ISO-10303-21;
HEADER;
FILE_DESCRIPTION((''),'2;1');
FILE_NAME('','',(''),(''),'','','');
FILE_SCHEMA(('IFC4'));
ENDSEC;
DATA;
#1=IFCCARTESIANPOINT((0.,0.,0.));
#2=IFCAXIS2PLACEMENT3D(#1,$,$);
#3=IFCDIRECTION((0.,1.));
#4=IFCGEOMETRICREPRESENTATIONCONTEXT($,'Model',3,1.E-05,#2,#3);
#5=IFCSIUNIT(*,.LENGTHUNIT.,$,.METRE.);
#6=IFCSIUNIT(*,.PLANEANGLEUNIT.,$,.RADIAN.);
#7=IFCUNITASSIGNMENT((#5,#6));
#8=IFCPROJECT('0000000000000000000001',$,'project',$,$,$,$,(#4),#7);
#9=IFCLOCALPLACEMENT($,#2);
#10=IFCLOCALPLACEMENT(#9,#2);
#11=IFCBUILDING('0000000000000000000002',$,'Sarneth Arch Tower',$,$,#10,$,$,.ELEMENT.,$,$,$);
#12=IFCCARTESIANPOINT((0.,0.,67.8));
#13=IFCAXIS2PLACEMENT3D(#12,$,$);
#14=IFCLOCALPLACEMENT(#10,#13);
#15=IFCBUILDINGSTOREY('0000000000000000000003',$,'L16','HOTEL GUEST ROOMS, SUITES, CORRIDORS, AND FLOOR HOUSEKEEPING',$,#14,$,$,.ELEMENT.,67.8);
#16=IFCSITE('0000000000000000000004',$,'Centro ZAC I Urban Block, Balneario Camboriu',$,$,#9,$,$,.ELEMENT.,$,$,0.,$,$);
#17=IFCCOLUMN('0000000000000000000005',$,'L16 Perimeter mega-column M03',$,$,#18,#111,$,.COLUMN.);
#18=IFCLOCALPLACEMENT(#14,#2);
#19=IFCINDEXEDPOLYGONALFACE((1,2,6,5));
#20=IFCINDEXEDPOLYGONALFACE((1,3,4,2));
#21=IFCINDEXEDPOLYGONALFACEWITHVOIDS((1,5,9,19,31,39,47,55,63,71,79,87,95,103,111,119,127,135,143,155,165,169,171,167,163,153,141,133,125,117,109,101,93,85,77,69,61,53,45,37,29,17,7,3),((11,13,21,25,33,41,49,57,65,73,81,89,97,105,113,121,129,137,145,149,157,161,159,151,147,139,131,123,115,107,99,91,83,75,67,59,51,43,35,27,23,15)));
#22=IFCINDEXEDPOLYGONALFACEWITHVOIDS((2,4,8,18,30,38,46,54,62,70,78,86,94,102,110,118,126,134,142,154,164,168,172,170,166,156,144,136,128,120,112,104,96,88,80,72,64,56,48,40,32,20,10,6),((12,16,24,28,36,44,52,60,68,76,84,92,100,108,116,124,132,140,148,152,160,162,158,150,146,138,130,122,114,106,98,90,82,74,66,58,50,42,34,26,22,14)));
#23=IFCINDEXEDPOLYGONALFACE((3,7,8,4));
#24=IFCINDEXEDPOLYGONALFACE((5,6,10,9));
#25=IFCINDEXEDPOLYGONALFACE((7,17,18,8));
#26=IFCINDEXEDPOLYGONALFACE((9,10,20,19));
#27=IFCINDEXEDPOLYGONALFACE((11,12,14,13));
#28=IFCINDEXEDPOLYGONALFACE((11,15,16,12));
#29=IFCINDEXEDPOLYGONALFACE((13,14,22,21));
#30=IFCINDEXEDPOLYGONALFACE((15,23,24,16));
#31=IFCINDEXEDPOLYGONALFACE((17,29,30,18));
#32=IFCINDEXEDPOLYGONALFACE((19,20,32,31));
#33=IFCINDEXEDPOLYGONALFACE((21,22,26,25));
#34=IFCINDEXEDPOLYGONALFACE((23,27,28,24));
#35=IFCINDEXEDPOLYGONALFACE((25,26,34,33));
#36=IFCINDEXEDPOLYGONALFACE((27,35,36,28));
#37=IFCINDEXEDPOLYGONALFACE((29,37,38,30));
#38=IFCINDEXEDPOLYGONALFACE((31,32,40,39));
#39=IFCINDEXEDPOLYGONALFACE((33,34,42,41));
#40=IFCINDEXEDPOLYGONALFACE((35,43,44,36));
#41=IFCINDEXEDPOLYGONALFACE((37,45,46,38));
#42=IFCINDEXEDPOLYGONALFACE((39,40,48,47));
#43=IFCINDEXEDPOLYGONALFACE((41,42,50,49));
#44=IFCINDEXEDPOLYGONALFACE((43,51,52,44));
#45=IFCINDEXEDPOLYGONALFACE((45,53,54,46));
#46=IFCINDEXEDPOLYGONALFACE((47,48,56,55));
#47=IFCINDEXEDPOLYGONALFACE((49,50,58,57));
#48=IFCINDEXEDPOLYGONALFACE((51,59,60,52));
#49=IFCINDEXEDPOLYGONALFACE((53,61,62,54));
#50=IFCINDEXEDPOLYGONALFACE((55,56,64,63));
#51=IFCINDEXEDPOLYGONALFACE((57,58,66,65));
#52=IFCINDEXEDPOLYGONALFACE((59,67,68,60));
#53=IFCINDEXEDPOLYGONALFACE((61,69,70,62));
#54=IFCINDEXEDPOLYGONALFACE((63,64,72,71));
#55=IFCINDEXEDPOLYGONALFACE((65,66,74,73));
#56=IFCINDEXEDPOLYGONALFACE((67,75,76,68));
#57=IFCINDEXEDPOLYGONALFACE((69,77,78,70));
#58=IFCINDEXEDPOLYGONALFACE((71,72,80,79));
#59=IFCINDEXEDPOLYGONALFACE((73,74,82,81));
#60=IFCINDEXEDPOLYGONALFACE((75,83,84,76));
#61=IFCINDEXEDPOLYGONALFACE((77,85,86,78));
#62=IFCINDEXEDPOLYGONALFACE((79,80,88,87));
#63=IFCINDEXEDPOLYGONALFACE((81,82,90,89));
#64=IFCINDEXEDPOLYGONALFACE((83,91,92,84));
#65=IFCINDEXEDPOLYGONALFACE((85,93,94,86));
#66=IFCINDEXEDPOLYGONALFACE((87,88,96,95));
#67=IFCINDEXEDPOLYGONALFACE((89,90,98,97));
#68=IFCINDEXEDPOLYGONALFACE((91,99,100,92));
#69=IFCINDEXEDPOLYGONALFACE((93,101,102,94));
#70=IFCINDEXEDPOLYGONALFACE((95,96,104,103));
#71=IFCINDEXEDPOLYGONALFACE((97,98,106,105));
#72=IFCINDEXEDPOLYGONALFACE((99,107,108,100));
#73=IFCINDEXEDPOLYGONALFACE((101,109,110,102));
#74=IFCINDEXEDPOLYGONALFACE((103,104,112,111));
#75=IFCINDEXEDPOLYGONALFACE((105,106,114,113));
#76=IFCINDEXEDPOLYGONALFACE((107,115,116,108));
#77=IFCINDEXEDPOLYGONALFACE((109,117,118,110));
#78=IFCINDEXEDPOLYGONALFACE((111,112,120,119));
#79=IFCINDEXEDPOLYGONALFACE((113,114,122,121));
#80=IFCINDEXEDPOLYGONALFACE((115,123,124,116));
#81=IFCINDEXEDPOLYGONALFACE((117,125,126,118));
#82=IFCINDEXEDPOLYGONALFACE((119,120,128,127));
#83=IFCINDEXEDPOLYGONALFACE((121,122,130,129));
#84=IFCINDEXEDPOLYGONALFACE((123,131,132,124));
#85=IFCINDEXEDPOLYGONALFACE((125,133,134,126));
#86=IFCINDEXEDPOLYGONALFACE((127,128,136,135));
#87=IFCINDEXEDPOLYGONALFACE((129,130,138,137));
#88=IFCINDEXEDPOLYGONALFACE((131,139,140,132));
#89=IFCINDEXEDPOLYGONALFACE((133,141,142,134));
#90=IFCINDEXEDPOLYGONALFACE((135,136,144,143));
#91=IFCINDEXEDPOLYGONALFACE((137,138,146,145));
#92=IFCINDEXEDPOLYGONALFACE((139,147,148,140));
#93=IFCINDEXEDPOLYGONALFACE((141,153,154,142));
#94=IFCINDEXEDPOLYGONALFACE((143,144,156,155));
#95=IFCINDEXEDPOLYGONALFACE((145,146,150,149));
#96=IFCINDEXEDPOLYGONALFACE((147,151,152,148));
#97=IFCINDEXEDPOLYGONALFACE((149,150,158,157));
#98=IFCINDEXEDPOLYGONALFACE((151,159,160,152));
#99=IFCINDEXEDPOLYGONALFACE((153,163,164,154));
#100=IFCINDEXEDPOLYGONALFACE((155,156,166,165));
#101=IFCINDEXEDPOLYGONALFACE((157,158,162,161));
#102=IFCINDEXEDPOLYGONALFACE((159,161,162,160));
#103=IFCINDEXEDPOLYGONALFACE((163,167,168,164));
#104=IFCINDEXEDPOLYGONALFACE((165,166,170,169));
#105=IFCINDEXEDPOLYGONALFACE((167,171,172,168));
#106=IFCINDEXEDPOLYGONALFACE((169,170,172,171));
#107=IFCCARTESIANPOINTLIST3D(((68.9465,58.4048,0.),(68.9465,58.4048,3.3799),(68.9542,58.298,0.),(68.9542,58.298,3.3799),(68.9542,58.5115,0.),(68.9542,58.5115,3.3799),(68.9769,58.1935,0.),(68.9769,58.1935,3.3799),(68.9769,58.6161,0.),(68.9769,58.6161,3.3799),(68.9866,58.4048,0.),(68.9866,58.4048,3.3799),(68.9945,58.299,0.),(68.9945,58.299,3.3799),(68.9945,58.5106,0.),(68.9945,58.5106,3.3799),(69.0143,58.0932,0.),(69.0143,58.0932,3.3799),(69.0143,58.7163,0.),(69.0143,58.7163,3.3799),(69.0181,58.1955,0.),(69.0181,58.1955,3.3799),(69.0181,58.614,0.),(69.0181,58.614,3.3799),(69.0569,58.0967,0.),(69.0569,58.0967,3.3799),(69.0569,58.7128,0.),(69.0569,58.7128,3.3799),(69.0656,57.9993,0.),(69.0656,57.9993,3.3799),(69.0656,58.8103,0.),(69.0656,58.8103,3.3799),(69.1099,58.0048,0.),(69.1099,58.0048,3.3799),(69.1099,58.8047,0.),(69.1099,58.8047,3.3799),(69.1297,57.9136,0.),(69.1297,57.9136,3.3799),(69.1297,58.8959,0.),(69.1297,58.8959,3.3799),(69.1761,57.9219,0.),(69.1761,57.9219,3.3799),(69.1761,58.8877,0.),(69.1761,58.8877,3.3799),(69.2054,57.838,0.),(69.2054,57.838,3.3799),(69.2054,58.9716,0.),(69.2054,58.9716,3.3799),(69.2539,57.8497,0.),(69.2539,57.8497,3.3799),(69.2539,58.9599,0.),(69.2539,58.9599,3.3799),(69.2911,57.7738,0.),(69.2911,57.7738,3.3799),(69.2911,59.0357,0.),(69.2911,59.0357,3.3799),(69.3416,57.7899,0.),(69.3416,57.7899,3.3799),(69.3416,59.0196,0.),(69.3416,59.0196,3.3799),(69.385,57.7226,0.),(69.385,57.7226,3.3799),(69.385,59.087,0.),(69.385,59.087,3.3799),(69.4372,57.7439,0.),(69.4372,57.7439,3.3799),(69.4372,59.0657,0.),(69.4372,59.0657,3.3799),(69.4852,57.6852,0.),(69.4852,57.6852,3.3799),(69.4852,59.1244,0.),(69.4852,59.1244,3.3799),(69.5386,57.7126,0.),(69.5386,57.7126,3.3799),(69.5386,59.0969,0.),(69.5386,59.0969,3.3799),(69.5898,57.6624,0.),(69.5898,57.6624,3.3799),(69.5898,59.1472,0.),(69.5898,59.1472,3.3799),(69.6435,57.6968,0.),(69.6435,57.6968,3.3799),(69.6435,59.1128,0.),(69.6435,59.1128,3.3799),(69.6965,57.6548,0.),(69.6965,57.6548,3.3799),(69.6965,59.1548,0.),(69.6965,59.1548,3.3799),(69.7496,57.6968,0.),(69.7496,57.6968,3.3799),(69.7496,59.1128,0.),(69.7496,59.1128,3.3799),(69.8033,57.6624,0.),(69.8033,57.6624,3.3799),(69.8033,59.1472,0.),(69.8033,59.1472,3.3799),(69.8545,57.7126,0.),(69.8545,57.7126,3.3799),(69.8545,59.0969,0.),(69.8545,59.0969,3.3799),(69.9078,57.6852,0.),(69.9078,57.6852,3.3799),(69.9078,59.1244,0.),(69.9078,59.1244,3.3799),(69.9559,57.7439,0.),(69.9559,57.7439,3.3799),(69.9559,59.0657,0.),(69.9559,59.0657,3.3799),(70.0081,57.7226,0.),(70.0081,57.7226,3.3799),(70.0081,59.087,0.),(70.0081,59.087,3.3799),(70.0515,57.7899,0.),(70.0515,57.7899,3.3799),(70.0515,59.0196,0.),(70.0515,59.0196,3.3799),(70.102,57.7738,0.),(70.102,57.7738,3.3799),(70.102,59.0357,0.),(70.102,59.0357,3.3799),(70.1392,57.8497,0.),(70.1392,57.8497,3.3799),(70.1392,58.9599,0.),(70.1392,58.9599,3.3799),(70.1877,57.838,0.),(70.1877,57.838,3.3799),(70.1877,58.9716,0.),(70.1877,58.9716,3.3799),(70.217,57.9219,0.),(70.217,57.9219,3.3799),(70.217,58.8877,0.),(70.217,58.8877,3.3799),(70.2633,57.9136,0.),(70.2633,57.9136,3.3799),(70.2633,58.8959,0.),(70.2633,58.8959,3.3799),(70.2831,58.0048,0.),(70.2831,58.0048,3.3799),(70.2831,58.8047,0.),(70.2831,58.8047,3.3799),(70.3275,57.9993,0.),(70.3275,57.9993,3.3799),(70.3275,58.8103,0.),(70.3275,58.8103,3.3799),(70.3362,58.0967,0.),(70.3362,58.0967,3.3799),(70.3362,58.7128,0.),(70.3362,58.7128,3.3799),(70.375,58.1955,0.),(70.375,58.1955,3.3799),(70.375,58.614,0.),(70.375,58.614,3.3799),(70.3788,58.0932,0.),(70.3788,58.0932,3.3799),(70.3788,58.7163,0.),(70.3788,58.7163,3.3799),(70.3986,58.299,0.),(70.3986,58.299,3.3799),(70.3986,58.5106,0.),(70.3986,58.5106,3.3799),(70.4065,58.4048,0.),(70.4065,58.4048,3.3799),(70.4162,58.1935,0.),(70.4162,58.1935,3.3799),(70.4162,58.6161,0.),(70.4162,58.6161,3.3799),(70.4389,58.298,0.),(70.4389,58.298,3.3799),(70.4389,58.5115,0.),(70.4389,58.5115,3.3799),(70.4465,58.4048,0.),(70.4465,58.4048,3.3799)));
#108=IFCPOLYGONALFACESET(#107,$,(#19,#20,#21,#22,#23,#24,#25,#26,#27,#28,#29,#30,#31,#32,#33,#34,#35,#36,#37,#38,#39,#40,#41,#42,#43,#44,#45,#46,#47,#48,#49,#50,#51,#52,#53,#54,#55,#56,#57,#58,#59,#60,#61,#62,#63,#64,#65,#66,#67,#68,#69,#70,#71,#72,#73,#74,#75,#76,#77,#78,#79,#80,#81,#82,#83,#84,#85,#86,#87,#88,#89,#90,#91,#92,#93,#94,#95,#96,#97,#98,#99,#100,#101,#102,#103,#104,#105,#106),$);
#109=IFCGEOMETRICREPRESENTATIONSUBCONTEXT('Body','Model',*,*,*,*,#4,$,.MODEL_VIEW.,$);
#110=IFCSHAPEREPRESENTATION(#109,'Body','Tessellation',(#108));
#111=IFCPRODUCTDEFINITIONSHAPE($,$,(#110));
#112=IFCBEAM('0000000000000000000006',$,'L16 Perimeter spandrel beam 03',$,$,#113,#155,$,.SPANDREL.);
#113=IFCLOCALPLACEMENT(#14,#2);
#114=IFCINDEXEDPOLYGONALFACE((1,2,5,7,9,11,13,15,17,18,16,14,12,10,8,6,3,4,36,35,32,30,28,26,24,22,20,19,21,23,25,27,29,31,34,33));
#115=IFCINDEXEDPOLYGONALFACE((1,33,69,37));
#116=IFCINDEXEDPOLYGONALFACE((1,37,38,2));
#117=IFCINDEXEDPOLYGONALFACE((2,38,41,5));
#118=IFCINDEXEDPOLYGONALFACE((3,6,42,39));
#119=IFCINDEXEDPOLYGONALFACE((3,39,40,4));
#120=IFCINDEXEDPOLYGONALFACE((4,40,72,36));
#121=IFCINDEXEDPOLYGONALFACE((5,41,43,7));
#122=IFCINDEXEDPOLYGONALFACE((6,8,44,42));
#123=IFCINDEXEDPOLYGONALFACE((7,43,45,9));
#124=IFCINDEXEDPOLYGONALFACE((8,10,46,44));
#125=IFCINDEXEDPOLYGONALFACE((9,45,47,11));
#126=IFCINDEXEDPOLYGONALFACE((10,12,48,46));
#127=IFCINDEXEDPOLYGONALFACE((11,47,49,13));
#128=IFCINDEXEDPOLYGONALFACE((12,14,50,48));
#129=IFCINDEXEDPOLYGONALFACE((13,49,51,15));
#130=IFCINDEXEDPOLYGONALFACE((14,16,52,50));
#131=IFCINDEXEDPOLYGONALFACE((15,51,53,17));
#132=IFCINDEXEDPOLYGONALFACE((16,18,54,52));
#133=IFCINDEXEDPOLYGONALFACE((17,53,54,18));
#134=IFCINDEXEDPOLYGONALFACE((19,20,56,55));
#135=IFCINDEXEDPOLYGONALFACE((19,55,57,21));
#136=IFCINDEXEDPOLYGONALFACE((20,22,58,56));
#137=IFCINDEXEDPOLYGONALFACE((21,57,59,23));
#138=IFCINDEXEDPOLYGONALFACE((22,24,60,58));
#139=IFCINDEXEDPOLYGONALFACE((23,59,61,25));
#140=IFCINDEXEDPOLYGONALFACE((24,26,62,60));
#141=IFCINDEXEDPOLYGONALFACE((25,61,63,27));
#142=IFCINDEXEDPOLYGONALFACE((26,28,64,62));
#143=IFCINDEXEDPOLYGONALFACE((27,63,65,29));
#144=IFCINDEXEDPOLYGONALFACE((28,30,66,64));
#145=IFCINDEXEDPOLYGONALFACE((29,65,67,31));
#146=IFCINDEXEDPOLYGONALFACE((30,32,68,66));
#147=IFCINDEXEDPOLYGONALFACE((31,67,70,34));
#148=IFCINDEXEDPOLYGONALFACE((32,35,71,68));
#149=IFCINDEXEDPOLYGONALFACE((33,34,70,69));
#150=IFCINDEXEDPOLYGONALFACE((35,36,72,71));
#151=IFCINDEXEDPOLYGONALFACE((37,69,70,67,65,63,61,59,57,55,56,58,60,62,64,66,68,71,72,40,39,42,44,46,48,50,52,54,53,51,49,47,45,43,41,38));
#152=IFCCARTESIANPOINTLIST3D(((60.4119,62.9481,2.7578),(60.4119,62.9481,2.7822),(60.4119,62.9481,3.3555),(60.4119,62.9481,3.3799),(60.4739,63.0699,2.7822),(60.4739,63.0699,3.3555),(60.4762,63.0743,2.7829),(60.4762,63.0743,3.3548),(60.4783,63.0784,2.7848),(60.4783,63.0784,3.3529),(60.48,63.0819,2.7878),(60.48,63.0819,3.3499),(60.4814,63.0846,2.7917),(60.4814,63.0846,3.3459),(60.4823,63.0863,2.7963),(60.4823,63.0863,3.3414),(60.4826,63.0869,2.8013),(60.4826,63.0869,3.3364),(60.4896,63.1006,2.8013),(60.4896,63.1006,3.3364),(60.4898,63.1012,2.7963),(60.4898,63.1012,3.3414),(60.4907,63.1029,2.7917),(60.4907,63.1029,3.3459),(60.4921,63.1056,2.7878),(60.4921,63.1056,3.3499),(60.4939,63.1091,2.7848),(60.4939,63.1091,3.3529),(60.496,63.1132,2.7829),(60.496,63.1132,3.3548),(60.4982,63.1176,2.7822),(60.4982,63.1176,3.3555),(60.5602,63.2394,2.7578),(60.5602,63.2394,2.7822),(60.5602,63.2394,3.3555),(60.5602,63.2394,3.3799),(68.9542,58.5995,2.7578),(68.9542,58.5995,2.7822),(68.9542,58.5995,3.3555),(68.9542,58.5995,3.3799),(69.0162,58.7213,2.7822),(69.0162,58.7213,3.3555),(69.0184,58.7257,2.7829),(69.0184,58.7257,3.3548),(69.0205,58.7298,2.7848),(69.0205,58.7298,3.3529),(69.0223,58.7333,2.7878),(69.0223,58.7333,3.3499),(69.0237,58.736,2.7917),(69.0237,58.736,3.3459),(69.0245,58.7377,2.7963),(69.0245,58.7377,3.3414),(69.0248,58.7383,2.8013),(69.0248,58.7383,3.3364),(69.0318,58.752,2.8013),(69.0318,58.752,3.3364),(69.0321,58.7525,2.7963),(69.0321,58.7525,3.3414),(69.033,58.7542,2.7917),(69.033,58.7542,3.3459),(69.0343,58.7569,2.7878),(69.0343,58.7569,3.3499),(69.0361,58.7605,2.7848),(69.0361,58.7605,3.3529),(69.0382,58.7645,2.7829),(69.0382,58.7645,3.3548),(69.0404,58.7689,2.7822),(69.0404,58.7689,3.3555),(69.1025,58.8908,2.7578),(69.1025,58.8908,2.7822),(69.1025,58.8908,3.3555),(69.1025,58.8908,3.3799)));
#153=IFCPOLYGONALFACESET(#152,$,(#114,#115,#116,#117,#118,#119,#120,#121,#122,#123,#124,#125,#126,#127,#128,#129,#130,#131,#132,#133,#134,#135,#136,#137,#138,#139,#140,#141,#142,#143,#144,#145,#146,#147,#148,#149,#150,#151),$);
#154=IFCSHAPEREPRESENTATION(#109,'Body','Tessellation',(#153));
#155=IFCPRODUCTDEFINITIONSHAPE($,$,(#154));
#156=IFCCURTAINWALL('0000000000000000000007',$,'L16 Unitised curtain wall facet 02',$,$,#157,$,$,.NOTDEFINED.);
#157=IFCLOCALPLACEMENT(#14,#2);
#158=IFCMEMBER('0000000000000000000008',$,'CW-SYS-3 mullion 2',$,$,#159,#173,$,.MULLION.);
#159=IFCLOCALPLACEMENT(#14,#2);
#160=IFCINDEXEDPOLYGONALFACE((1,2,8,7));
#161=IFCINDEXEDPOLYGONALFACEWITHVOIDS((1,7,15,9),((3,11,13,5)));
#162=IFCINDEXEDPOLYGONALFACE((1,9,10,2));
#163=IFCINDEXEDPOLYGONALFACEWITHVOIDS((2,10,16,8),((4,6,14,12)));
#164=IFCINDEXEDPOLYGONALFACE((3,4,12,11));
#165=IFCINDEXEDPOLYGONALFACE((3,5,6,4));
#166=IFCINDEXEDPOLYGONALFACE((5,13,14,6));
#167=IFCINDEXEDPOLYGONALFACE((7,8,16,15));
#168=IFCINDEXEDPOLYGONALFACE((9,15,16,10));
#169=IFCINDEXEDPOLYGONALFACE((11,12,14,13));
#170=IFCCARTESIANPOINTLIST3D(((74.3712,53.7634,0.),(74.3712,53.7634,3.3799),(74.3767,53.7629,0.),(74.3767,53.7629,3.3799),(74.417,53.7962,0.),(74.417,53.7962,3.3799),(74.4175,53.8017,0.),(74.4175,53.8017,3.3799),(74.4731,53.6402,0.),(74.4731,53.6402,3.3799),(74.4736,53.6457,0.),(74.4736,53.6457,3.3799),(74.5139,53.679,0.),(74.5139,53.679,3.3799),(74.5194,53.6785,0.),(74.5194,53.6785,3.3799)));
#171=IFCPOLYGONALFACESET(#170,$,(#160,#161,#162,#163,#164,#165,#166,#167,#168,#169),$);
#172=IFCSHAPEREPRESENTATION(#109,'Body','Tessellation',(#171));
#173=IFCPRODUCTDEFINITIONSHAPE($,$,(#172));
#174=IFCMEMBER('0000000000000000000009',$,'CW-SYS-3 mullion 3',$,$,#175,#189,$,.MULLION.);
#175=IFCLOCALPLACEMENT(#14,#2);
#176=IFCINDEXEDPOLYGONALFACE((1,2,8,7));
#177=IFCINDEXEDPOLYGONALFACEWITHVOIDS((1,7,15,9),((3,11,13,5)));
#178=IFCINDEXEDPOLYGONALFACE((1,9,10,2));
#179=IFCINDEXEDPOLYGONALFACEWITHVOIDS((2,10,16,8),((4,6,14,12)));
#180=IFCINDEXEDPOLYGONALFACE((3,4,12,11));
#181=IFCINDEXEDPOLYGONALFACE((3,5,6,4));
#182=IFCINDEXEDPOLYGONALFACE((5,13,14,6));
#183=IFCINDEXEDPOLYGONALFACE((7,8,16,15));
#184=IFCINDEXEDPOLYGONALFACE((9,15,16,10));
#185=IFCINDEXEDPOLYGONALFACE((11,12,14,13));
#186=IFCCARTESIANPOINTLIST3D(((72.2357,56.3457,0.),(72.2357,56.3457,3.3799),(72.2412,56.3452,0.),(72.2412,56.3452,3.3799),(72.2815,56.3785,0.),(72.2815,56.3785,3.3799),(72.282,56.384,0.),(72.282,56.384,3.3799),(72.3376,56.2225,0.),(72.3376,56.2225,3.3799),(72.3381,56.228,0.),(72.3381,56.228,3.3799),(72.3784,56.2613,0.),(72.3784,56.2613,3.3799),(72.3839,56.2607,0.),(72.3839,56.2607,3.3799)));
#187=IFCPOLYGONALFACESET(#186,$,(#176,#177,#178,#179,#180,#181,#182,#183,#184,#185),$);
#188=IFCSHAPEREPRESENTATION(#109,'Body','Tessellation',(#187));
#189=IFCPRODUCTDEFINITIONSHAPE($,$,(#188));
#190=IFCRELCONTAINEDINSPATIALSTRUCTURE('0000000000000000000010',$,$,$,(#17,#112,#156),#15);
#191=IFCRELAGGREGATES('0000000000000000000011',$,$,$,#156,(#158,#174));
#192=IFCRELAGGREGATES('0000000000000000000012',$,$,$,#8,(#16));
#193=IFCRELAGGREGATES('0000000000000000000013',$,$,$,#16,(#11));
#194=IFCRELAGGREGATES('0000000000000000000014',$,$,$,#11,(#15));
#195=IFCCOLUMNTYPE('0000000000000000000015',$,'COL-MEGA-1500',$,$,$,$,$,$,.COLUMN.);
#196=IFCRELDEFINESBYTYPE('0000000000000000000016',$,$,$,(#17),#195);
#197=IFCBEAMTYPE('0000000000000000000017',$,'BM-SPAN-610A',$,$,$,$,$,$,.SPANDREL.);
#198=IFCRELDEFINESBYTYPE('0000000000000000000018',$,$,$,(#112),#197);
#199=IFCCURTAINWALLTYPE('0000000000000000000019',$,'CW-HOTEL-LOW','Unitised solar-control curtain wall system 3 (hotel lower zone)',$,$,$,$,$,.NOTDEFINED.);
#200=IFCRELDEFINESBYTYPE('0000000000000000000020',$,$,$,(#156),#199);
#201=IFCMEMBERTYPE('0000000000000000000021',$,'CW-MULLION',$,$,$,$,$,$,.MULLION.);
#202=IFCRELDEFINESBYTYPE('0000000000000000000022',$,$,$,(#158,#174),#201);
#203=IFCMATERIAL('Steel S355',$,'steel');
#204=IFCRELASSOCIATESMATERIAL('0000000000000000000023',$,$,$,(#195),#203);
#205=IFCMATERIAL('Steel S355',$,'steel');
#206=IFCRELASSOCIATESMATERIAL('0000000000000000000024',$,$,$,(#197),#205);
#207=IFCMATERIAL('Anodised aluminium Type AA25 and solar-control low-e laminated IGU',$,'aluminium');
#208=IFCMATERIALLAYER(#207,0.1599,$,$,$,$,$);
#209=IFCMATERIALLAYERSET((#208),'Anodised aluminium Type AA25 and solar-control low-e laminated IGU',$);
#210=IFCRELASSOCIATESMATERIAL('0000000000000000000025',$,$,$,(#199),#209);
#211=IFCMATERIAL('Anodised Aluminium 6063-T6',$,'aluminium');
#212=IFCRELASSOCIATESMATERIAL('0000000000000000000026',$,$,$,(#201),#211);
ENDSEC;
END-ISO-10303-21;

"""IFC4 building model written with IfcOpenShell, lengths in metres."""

from ifc_helpers import new_model, si_unit, direction, frame, origin, origin_2d, place, context, subcontext, project, spatial, hollow_rectangle, hollow_circle, i_section, extrude, material, layer, layer_set, material_profile, profile_set, type_object, element, aggregate, save


model = new_model("IFC4")

# Units and contexts
model_context = context("Model", 3, precision=1e-05, world=origin(), true_north=direction((0.0, 1.0)))
body_context = subcontext(model_context, "Body", "Model", "MODEL_VIEW")
ifc_project = project(units=[si_unit("LENGTHUNIT", "METRE"), si_unit("PLANEANGLEUNIT", "RADIAN")], contexts=[model_context])

# Site, building, storey
site_placement = place(None, origin())
site = spatial("IfcSite", under=ifc_project, at=site_placement, Name="Centro ZAC I Urban Block, Balneario Camboriu", CompositionType="ELEMENT", RefElevation=0.0)
building_placement = place(site_placement, origin())
building = spatial("IfcBuilding", under=site, at=building_placement, Name="Sarneth Arch Tower", CompositionType="ELEMENT")
storey_placement = place(building_placement, frame((0.0, 0.0, 67.8)))
storey = spatial("IfcBuildingStorey", under=building, at=storey_placement, Name="L16", Description="HOTEL GUEST ROOMS, SUITES, CORRIDORS, AND FLOOR HOUSEKEEPING", CompositionType="ELEMENT", Elevation=67.8)

# Column
ifc_material_1 = material(Name="Steel S355", Category="steel")
ifc_material_profile_1 = material_profile(ifc_material_1, hollow_circle(Radius=0.75, WallThickness=0.04, at=origin_2d()), Name="CHS1500x40")
ifc_profile_set_1 = profile_set([ifc_material_profile_1], Name="Steel S355")
column_type = type_object("IfcColumnType", Name="COL-MEGA-1500", PredefinedType="COLUMN", material=ifc_profile_set_1)
column_placement = place(storey_placement, frame((69.6965, 58.4048, 0.0), z_axis=(0.0, 0.0, 1.0), x_axis=(1.0, 0.0, 0.0)))
element("IfcColumn", 1, at=column_placement, inside=storey, type_object=column_type, Name="L16 Perimeter mega-column M03", PredefinedType="COLUMN", context=body_context, shape_type="SweptSolid", body=[
    extrude(hollow_circle(Radius=0.75, WallThickness=0.04, at=origin_2d()), origin(), (0.0, 0.0, 1.0), 3.3799),
])

# Beam
ifc_material_2 = material(Name="Steel S355", Category="steel")
ifc_material_profile_2 = material_profile(ifc_material_2, i_section(OverallWidth=0.3269, OverallDepth=0.6221, WebThickness=0.0154, FlangeThickness=0.0244, FilletRadius=0.019, at=origin_2d()), Name="W610x195")
ifc_profile_set_2 = profile_set([ifc_material_profile_2], Name="Steel S355")
beam_type = type_object("IfcBeamType", Name="BM-SPAN-610A", PredefinedType="SPANDREL", material=ifc_profile_set_2)
beam_placement = place(storey_placement, frame((69.0283, 58.7451, 3.0688), z_axis=(-0.891169, 0.453671, 0.0), x_axis=(-0.453671, -0.891169, 0.0)))
element("IfcBeam", 2, at=beam_placement, inside=storey, type_object=beam_type, Name="L16 Perimeter spandrel beam 03", PredefinedType="SPANDREL", context=body_context, shape_type="SweptSolid", body=[
    extrude(i_section(OverallWidth=0.3269, OverallDepth=0.6221, WebThickness=0.0154, FlangeThickness=0.0244, FilletRadius=0.019, at=origin_2d()), origin(), (0.0, 0.0, 1.0), 9.5854),
])

# Curtain wall, members
ifc_material_3 = material(Name="Anodised aluminium Type AA25 and solar-control low-e laminated IGU", Category="aluminium")
ifc_layer_1 = layer(ifc_material_3, 0.1599)
ifc_layer_set_1 = layer_set([ifc_layer_1], Name="Anodised aluminium Type AA25 and solar-control low-e laminated IGU")
curtain_wall_type = type_object("IfcCurtainWallType", Name="CW-HOTEL-LOW", Description="Unitised solar-control curtain wall system 3 (hotel lower zone)", PredefinedType="NOTDEFINED", material=ifc_layer_set_1)
curtain_wall_placement = place(storey_placement, origin())
curtain_wall = element("IfcCurtainWall", 3, at=curtain_wall_placement, inside=storey, type_object=curtain_wall_type, Name="L16 Unitised curtain wall facet 02", PredefinedType="NOTDEFINED")
ifc_material_4 = material(Name="Anodised Aluminium 6063-T6", Category="aluminium")
ifc_material_profile_3 = material_profile(ifc_material_4, hollow_rectangle(XDim=0.0601, YDim=0.1599, WallThickness=0.0039, at=origin_2d()), Name="AL-MULL-160x60x4")
ifc_profile_set_3 = profile_set([ifc_material_profile_3], Name="Anodised Aluminium 6063-T6")
member_type_1 = type_object("IfcMemberType", Name="CW-MULLION", PredefinedType="MULLION", material=ifc_profile_set_3)
member_1_placement = place(storey_placement, frame((74.4453, 53.7209, 0.0), z_axis=(0.0, 0.0, 1.0), x_axis=(-0.770623, -0.637291, 0.0)))
member_1 = element("IfcMember", 4, at=member_1_placement, type_object=member_type_1, Name="CW-SYS-3 mullion 2", PredefinedType="MULLION", context=body_context, shape_type="SweptSolid", body=[
    extrude(hollow_rectangle(XDim=0.0601, YDim=0.1599, WallThickness=0.0039, at=origin_2d()), origin(), (0.0, 0.0, 1.0), 3.3799),
])
member_2_placement = place(storey_placement, frame((72.3098, 56.3032, 0.0), z_axis=(0.0, 0.0, 1.0), x_axis=(-0.770623, -0.637291, 0.0)))
member_2 = element("IfcMember", 5, at=member_2_placement, type_object=member_type_1, Name="CW-SYS-3 mullion 3", PredefinedType="MULLION", context=body_context, shape_type="SweptSolid", body=[
    extrude(hollow_rectangle(XDim=0.0601, YDim=0.1599, WallThickness=0.0039, at=origin_2d()), origin(), (0.0, 0.0, 1.0), 3.3799),
])

aggregate(curtain_wall, [member_1, member_2])

save(model, "model.ifc")
